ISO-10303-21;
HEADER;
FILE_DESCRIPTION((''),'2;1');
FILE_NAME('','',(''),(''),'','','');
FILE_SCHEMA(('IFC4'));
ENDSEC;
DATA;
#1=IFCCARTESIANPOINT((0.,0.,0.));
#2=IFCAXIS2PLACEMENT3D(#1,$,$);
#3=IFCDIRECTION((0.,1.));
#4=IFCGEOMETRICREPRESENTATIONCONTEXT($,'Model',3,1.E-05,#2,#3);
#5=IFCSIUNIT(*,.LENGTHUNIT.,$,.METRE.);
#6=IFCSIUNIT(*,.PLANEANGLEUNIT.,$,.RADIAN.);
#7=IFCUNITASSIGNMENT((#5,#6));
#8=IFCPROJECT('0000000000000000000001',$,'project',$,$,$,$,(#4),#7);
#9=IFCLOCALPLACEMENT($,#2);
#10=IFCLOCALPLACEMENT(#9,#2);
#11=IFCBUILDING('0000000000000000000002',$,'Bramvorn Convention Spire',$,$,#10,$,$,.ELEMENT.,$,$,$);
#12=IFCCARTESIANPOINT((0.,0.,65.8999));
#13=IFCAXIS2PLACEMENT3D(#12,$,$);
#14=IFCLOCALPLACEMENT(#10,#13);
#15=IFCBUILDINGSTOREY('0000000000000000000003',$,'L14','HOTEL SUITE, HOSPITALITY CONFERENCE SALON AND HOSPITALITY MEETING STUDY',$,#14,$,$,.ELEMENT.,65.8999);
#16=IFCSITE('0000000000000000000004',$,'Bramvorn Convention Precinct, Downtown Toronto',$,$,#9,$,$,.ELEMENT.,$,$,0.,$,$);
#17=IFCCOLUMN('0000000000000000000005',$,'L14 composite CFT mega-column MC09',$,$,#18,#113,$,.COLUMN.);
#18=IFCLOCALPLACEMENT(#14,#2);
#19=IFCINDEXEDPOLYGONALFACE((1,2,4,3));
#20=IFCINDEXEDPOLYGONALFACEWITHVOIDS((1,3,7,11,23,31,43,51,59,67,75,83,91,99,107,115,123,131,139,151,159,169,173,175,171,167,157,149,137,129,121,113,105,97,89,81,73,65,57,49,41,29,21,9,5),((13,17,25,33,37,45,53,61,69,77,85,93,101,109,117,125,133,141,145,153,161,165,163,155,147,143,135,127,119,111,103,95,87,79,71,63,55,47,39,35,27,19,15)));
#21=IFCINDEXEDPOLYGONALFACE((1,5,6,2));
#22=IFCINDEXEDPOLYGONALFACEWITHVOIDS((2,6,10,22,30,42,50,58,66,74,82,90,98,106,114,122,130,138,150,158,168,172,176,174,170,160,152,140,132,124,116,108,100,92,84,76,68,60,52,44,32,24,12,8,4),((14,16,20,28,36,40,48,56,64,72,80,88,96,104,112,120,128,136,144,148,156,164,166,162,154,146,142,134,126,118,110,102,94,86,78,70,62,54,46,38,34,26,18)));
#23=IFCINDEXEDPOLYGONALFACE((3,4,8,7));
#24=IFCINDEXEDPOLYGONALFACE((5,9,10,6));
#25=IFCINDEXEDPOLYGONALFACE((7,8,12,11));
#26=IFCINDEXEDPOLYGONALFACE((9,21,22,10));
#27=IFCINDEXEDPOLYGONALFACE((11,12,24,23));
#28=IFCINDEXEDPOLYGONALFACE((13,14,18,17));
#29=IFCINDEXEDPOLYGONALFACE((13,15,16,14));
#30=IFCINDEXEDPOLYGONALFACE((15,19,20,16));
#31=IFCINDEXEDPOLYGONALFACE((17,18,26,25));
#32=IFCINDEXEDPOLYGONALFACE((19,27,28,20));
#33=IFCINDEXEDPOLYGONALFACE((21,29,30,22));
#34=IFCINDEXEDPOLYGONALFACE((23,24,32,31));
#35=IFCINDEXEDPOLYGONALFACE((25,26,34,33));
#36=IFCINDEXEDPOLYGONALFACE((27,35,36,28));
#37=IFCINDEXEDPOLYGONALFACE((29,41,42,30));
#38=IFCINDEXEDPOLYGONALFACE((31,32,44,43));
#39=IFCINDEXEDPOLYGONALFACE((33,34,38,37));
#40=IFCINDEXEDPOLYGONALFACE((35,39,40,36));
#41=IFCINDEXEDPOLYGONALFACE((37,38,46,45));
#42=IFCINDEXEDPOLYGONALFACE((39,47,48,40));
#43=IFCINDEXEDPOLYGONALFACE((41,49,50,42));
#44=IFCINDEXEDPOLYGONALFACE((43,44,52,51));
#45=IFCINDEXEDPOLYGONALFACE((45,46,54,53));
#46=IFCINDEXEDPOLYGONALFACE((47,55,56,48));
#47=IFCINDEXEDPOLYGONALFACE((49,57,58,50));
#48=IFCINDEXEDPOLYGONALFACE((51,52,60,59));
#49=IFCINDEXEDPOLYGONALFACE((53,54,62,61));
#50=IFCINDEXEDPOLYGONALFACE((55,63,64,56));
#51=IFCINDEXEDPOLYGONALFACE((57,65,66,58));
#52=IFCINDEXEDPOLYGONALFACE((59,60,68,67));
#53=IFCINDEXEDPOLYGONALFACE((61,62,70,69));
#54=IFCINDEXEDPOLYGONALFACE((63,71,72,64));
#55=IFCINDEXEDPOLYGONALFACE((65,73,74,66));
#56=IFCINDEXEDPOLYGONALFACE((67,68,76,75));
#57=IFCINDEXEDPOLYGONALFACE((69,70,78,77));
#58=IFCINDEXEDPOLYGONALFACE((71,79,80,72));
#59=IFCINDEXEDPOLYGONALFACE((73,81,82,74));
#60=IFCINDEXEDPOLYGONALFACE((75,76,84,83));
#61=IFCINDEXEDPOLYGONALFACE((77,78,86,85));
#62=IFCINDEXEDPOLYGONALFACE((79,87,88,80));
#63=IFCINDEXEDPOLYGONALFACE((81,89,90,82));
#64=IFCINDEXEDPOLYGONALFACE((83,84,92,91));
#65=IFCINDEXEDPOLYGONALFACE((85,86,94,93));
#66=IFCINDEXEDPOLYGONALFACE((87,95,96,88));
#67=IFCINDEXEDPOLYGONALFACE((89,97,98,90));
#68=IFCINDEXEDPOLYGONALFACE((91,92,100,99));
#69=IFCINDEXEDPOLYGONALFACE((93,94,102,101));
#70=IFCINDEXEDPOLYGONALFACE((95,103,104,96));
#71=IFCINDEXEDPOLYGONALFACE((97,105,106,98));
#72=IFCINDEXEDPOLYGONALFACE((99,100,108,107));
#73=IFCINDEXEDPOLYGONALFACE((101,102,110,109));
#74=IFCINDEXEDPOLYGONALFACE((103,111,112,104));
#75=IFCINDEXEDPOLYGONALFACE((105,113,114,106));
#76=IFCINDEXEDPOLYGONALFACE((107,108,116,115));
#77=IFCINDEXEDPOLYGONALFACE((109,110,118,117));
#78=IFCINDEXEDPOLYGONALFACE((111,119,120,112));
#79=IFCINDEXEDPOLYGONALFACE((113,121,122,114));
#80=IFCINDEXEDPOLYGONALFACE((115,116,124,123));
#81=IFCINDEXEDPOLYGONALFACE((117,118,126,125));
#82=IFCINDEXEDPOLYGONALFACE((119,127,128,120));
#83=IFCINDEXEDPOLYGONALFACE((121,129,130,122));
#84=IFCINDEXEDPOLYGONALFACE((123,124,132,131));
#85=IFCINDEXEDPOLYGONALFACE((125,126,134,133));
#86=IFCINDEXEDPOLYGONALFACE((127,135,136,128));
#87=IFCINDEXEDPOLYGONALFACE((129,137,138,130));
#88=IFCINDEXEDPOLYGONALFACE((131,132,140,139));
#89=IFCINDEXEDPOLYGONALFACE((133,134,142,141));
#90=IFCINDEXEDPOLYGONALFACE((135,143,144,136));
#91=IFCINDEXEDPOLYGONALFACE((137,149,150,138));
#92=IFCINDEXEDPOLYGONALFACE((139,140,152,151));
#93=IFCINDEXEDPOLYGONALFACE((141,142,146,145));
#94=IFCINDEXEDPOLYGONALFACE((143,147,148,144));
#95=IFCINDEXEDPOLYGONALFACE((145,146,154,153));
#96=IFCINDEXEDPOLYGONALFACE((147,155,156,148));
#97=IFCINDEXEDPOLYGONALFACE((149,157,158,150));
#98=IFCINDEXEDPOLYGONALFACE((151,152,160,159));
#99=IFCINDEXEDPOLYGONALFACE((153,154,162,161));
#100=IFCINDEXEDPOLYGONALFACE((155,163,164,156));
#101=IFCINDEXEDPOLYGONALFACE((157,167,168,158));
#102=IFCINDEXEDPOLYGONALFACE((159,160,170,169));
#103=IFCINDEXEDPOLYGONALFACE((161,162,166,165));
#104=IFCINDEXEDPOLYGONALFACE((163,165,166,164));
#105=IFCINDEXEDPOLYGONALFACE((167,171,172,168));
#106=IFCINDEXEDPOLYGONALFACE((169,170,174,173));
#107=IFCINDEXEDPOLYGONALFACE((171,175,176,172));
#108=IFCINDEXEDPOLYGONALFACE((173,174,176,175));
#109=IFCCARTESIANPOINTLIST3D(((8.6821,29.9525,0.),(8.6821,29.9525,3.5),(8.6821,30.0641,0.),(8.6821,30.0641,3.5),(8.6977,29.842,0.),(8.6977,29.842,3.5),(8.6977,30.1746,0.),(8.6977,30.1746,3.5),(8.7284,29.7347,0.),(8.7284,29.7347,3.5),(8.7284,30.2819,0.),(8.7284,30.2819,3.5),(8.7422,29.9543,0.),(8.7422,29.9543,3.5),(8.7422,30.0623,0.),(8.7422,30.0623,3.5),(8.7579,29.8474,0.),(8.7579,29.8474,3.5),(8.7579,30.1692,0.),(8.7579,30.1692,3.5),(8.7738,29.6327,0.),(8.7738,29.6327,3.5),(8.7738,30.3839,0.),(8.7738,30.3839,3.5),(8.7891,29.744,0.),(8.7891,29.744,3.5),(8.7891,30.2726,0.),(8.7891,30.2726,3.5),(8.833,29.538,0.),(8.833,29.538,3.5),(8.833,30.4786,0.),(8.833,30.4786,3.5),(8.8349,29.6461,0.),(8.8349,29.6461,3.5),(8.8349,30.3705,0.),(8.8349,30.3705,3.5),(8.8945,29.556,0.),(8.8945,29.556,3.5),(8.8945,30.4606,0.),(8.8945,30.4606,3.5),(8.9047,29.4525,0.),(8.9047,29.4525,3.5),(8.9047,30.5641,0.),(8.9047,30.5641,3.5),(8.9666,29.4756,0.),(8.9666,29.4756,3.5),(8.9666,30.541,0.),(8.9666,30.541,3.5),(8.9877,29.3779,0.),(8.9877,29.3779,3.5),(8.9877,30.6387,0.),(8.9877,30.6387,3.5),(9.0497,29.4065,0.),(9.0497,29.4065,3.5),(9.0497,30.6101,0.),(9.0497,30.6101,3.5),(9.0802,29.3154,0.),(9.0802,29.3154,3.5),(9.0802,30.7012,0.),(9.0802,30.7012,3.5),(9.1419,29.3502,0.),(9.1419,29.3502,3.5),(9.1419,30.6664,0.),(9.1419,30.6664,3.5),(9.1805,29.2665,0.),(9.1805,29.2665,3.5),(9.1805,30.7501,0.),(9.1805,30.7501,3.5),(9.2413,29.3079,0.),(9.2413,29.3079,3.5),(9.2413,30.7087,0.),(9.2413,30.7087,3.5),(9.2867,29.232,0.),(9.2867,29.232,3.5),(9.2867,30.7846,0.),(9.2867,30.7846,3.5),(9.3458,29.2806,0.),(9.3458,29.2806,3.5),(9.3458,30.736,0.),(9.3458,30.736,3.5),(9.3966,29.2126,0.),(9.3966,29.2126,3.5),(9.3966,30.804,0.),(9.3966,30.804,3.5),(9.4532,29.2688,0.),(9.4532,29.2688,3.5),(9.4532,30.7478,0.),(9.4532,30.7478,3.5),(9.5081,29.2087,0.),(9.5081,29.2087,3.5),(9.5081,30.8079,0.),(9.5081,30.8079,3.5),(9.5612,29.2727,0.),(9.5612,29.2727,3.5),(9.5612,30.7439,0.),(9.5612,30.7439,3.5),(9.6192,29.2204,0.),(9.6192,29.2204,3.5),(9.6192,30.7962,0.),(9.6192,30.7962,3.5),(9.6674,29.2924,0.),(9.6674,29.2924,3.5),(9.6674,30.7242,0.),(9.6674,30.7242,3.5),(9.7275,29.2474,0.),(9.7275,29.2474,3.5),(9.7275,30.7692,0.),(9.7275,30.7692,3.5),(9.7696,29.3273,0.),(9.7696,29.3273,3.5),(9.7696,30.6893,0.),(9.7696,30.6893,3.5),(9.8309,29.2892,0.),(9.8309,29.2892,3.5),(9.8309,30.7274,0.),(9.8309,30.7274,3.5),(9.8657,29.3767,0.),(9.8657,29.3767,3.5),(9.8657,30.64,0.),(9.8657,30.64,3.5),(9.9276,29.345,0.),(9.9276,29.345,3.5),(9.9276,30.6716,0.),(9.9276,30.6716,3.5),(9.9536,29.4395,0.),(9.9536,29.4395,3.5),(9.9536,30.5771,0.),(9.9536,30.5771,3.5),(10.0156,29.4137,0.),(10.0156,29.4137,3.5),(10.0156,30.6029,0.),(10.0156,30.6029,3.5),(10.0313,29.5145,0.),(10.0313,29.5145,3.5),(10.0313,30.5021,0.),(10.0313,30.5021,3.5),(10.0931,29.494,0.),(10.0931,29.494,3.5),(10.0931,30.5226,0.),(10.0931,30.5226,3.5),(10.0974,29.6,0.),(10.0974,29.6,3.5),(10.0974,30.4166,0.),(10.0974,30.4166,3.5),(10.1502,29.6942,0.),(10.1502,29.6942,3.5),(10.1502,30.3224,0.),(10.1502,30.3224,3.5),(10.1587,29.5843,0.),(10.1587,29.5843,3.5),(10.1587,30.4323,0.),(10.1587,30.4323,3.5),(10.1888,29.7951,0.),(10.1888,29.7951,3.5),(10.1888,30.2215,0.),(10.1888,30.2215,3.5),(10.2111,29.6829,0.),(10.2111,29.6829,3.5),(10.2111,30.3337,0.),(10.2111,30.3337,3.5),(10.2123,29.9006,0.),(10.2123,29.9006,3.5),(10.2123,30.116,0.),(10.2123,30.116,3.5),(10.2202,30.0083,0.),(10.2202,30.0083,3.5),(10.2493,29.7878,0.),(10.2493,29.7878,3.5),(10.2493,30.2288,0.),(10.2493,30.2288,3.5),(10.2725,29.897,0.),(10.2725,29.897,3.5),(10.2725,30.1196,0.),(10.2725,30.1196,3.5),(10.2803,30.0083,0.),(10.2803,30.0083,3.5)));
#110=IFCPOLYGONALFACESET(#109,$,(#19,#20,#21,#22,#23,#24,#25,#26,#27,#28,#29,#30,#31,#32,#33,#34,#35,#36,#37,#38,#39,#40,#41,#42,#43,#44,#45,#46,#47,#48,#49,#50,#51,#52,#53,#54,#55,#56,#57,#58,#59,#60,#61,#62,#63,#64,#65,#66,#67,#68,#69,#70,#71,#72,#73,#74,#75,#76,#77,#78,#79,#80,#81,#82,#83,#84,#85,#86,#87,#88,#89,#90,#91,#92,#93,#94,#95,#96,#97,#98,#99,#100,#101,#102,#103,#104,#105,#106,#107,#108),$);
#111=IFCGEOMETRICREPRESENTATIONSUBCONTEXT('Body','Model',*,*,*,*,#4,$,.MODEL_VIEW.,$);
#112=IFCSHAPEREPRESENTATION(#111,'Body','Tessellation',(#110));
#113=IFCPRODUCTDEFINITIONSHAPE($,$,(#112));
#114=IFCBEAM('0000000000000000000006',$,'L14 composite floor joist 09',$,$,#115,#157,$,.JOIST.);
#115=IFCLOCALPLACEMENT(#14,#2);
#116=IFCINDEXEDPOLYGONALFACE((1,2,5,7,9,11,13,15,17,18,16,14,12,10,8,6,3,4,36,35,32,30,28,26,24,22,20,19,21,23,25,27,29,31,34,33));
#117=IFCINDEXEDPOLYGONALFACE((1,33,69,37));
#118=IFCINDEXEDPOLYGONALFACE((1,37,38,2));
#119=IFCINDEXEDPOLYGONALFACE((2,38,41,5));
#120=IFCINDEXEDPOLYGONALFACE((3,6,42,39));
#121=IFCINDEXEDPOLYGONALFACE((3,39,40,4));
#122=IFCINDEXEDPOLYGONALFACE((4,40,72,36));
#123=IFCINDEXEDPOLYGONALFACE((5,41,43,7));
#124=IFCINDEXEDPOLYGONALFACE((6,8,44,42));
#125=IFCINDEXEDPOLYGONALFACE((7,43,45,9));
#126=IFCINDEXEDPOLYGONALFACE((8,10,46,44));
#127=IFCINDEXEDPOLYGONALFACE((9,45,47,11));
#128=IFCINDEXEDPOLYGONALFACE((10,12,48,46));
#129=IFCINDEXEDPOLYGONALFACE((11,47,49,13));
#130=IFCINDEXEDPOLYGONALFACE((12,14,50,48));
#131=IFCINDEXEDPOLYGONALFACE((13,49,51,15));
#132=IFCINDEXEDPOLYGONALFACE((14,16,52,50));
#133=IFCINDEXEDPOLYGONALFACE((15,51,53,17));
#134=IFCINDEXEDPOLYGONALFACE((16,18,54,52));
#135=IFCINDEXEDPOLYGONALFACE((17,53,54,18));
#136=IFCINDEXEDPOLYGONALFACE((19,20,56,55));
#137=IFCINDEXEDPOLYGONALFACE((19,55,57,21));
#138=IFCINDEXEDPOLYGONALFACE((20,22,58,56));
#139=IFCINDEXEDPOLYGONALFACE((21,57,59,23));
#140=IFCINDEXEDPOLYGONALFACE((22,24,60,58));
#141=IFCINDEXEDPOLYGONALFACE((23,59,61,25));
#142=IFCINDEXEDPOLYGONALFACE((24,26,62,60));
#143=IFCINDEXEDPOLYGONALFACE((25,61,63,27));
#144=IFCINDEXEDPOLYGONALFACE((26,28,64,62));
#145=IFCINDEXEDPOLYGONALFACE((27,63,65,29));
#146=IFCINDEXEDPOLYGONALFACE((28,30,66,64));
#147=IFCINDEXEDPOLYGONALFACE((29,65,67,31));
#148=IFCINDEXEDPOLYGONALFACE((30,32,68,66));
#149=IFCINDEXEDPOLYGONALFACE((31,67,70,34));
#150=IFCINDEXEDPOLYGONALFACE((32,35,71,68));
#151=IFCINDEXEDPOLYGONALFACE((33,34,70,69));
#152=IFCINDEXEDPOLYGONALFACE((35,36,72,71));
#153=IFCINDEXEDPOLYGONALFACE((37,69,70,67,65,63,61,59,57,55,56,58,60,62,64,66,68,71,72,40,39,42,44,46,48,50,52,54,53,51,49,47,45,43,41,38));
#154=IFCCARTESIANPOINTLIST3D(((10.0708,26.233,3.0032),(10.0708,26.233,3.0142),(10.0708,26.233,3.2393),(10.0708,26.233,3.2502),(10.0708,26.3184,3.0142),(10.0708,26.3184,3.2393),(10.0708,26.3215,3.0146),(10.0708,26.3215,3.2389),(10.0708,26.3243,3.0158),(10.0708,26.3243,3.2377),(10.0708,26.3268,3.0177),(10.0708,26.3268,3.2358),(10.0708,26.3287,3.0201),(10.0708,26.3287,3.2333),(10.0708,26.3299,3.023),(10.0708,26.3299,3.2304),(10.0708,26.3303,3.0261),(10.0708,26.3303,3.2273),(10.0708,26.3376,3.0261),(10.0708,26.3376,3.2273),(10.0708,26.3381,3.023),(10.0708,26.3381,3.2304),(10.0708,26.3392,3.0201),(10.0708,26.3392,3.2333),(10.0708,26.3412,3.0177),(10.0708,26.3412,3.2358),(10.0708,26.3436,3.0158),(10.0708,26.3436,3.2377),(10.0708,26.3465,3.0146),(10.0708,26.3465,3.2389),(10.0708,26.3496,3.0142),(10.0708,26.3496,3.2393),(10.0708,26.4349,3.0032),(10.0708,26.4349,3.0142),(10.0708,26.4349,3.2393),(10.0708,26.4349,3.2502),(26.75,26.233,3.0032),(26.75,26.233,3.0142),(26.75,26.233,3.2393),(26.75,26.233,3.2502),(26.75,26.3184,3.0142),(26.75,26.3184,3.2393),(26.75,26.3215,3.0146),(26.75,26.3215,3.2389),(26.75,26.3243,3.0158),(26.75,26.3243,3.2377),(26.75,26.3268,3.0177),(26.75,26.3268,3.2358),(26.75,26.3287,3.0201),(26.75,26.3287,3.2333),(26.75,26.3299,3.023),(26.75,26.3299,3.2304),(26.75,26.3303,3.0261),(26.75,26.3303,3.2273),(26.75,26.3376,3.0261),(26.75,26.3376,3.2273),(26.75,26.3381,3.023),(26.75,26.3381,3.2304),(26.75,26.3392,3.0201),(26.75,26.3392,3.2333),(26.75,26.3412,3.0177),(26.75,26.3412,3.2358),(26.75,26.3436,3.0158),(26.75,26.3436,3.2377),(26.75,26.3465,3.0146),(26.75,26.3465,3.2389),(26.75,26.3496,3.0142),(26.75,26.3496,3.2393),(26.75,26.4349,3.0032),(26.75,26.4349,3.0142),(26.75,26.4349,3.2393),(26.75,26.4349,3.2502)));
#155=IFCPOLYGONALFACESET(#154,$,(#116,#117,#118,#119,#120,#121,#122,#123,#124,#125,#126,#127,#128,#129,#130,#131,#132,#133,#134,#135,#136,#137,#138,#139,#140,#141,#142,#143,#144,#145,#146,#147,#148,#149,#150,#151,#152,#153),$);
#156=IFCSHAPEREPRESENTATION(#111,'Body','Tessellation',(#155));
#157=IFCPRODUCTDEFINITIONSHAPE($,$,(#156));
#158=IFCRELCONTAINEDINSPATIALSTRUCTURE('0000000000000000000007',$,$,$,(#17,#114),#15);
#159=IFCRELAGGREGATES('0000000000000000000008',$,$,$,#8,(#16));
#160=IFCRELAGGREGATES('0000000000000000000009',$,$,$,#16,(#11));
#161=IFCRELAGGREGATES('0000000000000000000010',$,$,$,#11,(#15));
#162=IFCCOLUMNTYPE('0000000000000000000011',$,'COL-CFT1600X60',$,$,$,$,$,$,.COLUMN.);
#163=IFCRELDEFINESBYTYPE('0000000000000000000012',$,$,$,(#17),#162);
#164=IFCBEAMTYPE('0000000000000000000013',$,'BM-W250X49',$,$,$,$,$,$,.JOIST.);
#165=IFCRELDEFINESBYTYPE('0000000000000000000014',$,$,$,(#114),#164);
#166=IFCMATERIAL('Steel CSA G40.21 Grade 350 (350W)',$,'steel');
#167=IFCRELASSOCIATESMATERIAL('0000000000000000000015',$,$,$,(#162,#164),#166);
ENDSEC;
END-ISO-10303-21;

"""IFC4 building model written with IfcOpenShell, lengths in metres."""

from ifc_helpers import new_model, si_unit, direction, frame, origin, origin_2d, place, context, subcontext, project, spatial, hollow_circle, i_section, extrude, material, material_profile, profile_set, type_object, element, save


model = new_model("IFC4")

# Units and contexts
model_context = context("Model", 3, precision=1e-05, world=origin(), true_north=direction((0.0, 1.0)))
body_context = subcontext(model_context, "Body", "Model", "MODEL_VIEW")
ifc_project = project(units=[si_unit("LENGTHUNIT", "METRE"), si_unit("PLANEANGLEUNIT", "RADIAN")], contexts=[model_context])

# Site, building, storey
site_placement = place(None, origin())
site = spatial("IfcSite", under=ifc_project, at=site_placement, Name="Bramvorn Convention Precinct, Downtown Toronto", CompositionType="ELEMENT", RefElevation=0.0)
building_placement = place(site_placement, origin())
building = spatial("IfcBuilding", under=site, at=building_placement, Name="Bramvorn Convention Spire", CompositionType="ELEMENT")
storey_placement = place(building_placement, frame((0.0, 0.0, 65.8999)))
storey = spatial("IfcBuildingStorey", under=building, at=storey_placement, Name="L14", Description="HOTEL SUITE, HOSPITALITY CONFERENCE SALON AND HOSPITALITY MEETING STUDY", CompositionType="ELEMENT", Elevation=65.8999)

# Column
ifc_material_1 = material(Name="Steel CSA G40.21 Grade 350 (350W)", Category="steel")
ifc_material_profile_1 = material_profile(ifc_material_1, hollow_circle(Radius=0.8, WallThickness=0.0601, at=origin_2d()))
ifc_profile_set_1 = profile_set([ifc_material_profile_1], Name="Steel CSA G40.21 Grade 350 (350W) - CFT1600X60")
column_type = type_object("IfcColumnType", Name="COL-CFT1600X60", PredefinedType="COLUMN", material=ifc_profile_set_1)
column_placement = place(storey_placement, frame((9.4802, 30.0083, 0.0), z_axis=(0.0, 0.0, 1.0), x_axis=(1.0, 0.0, 0.0)))
element("IfcColumn", 1, at=column_placement, inside=storey, type_object=column_type, Name="L14 composite CFT mega-column MC09", PredefinedType="COLUMN", context=body_context, shape_type="SweptSolid", body=[
    extrude(hollow_circle(Radius=0.8, WallThickness=0.0601, at=origin_2d()), origin(), (0.0, 0.0, 1.0), 3.5),
])

# Beam
ifc_material_profile_2 = material_profile(ifc_material_1, i_section(OverallWidth=0.2019, OverallDepth=0.2471, WebThickness=0.0073, FlangeThickness=0.011, FilletRadius=0.012, at=origin_2d()))
ifc_profile_set_2 = profile_set([ifc_material_profile_2], Name="Steel CSA G40.21 Grade 350 (350W) - W250X49")
beam_type_1 = type_object("IfcBeamType", Name="BM-W250X49", PredefinedType="JOIST", material=ifc_profile_set_2)
beam_1_placement = place(storey_placement, frame((26.75, 26.334, 3.1267), z_axis=(-1.0, 0.0, 0.0), x_axis=(0.0, -1.0, 0.0)))
element("IfcBeam", 2, at=beam_1_placement, inside=storey, type_object=beam_type_1, Name="L14 composite floor joist 09", PredefinedType="JOIST", context=body_context, shape_type="SweptSolid", body=[
    extrude(i_section(OverallWidth=0.2019, OverallDepth=0.2471, WebThickness=0.0073, FlangeThickness=0.011, FilletRadius=0.012, at=origin_2d()), origin(), (0.0, 0.0, 1.0), 16.6792),
])

save(model, "model.ifc")
